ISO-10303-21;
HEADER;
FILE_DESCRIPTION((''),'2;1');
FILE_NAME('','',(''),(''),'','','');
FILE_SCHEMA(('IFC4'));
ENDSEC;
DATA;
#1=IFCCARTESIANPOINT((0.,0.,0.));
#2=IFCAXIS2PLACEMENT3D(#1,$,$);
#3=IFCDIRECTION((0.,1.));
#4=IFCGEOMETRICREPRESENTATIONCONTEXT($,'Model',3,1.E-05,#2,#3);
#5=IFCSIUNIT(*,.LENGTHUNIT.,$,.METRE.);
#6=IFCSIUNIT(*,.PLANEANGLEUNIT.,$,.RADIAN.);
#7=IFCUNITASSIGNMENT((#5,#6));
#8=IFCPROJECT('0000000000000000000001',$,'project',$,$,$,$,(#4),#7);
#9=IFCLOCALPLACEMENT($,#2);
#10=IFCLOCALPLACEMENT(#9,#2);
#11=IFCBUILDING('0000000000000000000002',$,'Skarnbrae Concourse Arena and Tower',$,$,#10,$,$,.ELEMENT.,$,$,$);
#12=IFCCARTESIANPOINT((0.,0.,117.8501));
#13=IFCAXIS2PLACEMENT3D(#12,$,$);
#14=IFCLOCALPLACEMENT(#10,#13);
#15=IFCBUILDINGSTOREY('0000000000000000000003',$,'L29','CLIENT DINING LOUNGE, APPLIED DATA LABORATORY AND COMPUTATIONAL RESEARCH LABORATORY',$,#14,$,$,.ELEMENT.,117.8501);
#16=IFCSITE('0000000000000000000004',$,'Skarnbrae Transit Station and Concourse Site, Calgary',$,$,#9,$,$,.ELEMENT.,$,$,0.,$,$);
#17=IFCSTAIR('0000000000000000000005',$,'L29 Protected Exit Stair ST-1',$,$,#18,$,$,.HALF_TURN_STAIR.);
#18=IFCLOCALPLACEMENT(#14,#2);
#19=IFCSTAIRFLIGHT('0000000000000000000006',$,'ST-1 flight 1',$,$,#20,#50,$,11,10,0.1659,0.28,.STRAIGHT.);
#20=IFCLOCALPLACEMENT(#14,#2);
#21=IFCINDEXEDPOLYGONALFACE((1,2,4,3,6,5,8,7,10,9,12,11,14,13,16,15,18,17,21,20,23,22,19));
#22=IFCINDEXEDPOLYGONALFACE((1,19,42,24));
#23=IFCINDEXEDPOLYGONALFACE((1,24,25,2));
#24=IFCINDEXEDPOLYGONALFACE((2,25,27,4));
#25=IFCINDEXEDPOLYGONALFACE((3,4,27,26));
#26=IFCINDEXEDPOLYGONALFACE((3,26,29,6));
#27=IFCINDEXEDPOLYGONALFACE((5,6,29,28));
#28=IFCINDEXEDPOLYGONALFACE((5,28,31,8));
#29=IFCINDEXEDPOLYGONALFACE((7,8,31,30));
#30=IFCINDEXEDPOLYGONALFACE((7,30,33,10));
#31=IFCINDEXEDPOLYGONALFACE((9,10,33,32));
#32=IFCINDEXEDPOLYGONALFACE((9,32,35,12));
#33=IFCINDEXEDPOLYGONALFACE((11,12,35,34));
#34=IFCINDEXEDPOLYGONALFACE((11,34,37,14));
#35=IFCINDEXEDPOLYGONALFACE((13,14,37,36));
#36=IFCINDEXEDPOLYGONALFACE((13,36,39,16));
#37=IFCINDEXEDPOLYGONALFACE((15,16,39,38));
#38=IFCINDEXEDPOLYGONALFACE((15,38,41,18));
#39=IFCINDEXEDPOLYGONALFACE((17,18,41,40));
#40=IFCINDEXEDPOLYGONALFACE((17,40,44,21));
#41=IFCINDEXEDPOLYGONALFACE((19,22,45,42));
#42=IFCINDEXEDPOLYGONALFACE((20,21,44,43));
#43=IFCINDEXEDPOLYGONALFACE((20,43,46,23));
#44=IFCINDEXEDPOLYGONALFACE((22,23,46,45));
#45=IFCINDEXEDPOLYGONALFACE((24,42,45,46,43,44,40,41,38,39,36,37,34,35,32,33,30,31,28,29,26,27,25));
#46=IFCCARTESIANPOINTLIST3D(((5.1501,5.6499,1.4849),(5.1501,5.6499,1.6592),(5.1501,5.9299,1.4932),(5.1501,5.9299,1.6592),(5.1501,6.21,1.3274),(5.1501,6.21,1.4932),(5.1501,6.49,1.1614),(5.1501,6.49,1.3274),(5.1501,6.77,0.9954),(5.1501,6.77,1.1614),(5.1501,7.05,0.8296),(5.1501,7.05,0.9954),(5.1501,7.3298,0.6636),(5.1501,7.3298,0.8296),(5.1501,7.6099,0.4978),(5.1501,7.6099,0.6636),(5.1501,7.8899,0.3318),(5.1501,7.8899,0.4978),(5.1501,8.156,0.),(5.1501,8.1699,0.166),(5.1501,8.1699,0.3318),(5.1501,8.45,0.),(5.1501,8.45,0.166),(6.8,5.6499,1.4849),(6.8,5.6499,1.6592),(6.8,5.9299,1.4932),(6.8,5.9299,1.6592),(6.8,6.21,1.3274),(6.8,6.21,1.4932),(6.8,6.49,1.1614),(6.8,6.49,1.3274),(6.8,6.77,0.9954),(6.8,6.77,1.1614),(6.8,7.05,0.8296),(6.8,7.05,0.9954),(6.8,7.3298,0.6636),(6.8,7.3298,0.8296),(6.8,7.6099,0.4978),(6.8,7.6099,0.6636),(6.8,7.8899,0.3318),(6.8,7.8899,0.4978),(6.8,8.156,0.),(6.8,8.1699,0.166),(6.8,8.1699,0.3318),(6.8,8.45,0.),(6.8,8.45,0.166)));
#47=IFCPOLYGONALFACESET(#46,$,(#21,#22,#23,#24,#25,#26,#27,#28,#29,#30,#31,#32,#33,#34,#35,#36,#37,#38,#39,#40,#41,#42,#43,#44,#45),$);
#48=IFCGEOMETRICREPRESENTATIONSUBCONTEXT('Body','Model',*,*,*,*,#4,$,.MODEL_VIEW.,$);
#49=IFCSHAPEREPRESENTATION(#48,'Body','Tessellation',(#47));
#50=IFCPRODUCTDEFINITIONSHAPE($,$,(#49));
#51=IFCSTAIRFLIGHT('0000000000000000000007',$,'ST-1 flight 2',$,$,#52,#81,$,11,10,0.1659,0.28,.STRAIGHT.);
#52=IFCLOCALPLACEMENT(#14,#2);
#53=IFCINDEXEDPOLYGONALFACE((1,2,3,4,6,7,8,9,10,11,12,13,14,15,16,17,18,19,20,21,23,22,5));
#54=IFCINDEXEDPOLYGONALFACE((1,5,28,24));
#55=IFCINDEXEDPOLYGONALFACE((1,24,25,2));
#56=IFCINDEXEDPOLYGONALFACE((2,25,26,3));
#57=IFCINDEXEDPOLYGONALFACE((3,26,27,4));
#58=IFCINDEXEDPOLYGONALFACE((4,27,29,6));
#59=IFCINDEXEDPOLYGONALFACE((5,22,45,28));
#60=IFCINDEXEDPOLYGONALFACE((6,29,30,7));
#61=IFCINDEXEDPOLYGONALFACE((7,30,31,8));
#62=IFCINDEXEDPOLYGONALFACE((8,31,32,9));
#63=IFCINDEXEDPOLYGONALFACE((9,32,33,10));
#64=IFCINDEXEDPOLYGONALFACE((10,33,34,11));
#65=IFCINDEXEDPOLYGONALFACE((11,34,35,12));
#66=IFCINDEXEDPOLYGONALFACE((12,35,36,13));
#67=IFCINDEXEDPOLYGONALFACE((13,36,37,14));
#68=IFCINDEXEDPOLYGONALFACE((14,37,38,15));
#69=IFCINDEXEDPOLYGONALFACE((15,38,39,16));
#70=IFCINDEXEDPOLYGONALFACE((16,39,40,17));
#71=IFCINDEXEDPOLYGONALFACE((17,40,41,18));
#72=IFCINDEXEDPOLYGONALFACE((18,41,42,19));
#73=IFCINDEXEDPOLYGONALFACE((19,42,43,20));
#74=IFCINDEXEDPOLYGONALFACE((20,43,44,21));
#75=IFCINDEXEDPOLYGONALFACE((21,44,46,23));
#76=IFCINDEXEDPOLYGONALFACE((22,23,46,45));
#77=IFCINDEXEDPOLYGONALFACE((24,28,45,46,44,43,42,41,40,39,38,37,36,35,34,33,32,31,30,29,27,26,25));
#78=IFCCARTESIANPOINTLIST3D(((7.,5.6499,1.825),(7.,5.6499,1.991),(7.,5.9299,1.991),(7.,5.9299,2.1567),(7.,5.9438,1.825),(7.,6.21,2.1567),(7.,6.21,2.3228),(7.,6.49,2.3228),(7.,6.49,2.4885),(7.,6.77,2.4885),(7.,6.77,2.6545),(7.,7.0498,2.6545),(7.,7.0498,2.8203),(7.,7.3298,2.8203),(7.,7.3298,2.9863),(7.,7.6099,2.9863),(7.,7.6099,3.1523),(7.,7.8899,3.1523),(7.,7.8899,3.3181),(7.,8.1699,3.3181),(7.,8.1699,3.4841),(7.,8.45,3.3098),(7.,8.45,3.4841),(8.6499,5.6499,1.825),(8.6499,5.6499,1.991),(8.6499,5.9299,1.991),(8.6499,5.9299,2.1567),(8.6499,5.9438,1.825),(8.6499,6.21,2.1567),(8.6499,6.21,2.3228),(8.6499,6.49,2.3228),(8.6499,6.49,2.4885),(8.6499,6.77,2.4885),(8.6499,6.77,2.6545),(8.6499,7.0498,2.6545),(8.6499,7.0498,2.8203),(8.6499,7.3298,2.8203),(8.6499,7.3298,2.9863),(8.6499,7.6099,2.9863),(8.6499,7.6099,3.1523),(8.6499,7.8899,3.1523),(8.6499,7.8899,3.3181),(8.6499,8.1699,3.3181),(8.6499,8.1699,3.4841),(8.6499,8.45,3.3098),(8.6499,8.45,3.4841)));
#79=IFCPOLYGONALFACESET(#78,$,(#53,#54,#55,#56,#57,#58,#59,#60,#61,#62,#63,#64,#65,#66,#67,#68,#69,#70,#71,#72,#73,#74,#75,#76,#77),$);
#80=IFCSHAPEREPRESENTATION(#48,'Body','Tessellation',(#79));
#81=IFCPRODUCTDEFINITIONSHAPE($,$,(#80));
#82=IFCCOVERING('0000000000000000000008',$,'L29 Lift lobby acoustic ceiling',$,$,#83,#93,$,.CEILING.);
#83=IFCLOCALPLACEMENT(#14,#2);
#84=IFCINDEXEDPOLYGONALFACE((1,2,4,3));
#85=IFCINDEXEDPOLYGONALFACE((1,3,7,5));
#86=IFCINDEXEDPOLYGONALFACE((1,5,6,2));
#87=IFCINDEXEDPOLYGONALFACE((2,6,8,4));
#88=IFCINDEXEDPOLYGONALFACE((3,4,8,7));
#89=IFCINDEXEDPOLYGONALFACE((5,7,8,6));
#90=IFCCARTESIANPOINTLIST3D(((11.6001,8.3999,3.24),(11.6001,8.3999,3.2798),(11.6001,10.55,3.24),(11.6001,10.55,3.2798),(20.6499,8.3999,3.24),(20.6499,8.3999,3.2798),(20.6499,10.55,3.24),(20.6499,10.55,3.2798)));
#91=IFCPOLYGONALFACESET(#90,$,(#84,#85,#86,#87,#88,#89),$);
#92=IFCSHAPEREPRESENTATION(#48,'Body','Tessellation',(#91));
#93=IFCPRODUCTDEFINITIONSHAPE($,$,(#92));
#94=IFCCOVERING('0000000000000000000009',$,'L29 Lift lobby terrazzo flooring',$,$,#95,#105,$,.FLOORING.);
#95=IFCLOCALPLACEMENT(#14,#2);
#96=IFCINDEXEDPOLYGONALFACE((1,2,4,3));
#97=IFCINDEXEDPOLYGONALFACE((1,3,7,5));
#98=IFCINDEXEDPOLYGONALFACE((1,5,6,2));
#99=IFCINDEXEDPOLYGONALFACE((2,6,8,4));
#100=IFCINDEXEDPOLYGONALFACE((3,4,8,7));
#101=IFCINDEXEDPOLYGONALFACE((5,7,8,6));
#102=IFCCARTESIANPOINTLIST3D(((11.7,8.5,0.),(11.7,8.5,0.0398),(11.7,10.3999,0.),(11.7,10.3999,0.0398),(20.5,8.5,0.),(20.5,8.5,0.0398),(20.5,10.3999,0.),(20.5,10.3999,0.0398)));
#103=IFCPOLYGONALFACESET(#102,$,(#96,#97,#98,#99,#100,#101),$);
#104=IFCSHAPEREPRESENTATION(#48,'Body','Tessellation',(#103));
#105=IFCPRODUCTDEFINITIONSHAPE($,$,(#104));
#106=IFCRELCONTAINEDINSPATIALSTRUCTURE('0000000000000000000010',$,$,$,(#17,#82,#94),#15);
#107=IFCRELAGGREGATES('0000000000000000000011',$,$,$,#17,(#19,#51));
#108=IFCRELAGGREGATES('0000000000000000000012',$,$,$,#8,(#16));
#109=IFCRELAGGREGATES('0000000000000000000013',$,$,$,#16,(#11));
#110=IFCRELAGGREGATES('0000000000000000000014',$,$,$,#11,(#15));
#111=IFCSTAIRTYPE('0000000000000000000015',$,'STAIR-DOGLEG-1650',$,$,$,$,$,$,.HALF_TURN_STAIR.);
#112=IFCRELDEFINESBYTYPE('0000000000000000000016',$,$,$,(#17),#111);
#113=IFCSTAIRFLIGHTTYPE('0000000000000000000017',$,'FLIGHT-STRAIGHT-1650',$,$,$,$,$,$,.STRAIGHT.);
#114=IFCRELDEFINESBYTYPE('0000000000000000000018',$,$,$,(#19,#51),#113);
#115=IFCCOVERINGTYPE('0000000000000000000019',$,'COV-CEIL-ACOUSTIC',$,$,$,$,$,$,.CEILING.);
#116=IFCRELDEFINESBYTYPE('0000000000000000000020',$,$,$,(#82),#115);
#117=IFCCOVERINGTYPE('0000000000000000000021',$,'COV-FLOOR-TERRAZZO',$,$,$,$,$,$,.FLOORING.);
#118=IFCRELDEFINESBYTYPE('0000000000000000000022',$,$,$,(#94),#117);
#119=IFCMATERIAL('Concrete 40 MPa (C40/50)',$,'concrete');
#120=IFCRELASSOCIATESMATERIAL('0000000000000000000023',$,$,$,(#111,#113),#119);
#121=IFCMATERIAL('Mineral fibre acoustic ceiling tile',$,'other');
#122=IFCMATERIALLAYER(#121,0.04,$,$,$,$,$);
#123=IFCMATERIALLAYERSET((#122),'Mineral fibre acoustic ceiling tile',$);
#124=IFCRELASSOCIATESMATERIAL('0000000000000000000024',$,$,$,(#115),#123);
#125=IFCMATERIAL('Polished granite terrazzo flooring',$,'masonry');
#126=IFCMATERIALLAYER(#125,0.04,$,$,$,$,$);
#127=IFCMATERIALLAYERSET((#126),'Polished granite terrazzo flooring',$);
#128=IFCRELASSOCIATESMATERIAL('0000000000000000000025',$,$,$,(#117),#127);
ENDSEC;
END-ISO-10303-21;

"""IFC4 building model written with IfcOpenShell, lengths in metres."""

from ifc_helpers import new_model, si_unit, direction, frame, origin, place, context, subcontext, project, spatial, polyline, outline, extrude, source, transform, mapped, material, layer, layer_set, type_object, element, aggregate, save


model = new_model("IFC4")

# Units and contexts
model_context = context("Model", 3, precision=1e-05, world=origin(), true_north=direction((0.0, 1.0)))
body_context = subcontext(model_context, "Body", "Model", "MODEL_VIEW")
ifc_project = project(units=[si_unit("LENGTHUNIT", "METRE"), si_unit("PLANEANGLEUNIT", "RADIAN")], contexts=[model_context])

# Site, building, storey
site_placement = place(None, origin())
site = spatial("IfcSite", under=ifc_project, at=site_placement, Name="Skarnbrae Transit Station and Concourse Site, Calgary", CompositionType="ELEMENT", RefElevation=0.0)
building_placement = place(site_placement, origin())
building = spatial("IfcBuilding", under=site, at=building_placement, Name="Skarnbrae Concourse Arena and Tower", CompositionType="ELEMENT")
storey_placement = place(building_placement, frame((0.0, 0.0, 117.8501)))
storey = spatial("IfcBuildingStorey", under=building, at=storey_placement, Name="L29", Description="CLIENT DINING LOUNGE, APPLIED DATA LABORATORY AND COMPUTATIONAL RESEARCH LABORATORY", CompositionType="ELEMENT", Elevation=117.8501)

# Stair
ifc_material_1 = material(Name="Concrete 40 MPa (C40/50)", Category="concrete")
stair_type = type_object("IfcStairType", Name="STAIR-DOGLEG-1650", PredefinedType="HALF_TURN_STAIR", material=ifc_material_1)
stair_1_placement = place(storey_placement, origin())
stair_1 = element("IfcStair", 1, at=stair_1_placement, inside=storey, type_object=stair_type, Name="L29 Protected Exit Stair ST-1", PredefinedType="HALF_TURN_STAIR")

# Stair flights
stair_flight_type = type_object("IfcStairFlightType", Name="FLIGHT-STRAIGHT-1650", PredefinedType="STRAIGHT", material=ifc_material_1)
shared_shape_1 = source(origin(), body_context, "Body", "SweptSolid", [
    extrude(outline(polyline([(0.0, 0.0), (0.0, 0.166), (0.28, 0.166), (0.28, 0.3318), (0.5601, 0.3318), (0.5601, 0.4978), (0.8401, 0.4978), (0.8401, 0.6636), (1.1201, 0.6636), (1.1201, 0.8296), (1.3999, 0.8296), (1.3999, 0.9954), (1.6799, 0.9954), (1.6799, 1.1614), (1.96, 1.1614), (1.96, 1.3274), (2.24, 1.3274), (2.24, 1.4932), (2.52, 1.4932), (2.52, 1.6592), (2.8, 1.6592), (2.8, 1.825), (2.8, 1.4849), (0.2939, 0.0), (0.0, 0.0)])), frame((0.0, 0.825, 0.0), z_axis=(0.0, -1.0, 0.0), x_axis=(1.0, 0.0, 0.0)), (0.0, 0.0, 1.0), 1.6499),
])
stair_flight_1_placement = place(storey_placement, frame((5.9751, 8.45, 0.0), z_axis=(0.0, 0.0, 1.0), x_axis=(0.0, -1.0, 0.0)))
stair_flight_1 = element("IfcStairFlight", 2, at=stair_flight_1_placement, type_object=stair_flight_type, Name="ST-1 flight 1", NumberOfRisers=11, NumberOfTreads=10, PredefinedType="STRAIGHT", RiserHeight=0.1659, TreadLength=0.28, context=body_context, shape_type="MappedRepresentation", body=[
    mapped(shared_shape_1, transform((0.0, 0.0, 0.0))),
])
stair_flight_2_placement = place(storey_placement, frame((7.825, 5.6499, 1.825), z_axis=(0.0, 0.0, 1.0), x_axis=(0.0, 1.0, 0.0)))
stair_flight_2 = element("IfcStairFlight", 3, at=stair_flight_2_placement, type_object=stair_flight_type, Name="ST-1 flight 2", NumberOfRisers=11, NumberOfTreads=10, PredefinedType="STRAIGHT", RiserHeight=0.1659, TreadLength=0.28, context=body_context, shape_type="MappedRepresentation", body=[
    mapped(shared_shape_1, transform((0.0, 0.0, 0.0))),
])
aggregate(stair_1, [stair_flight_1, stair_flight_2])

# Coverings
ifc_material_2 = material(Name="Mineral fibre acoustic ceiling tile", Category="other")
ifc_layer_1 = layer(ifc_material_2, 0.04)
ifc_layer_set_1 = layer_set([ifc_layer_1], Name="Mineral fibre acoustic ceiling tile")
covering_type_1 = type_object("IfcCoveringType", Name="COV-CEIL-ACOUSTIC", PredefinedType="CEILING", material=ifc_layer_set_1)
covering_1_placement = place(storey_placement, frame((0.0, 0.0, 3.24)))
element("IfcCovering", 4, at=covering_1_placement, inside=storey, type_object=covering_type_1, Name="L29 Lift lobby acoustic ceiling", PredefinedType="CEILING", context=body_context, shape_type="SweptSolid", body=[
    extrude(outline(polyline([(11.6001, 8.3999), (20.6499, 8.3999), (20.6499, 10.55), (11.6001, 10.55), (11.6001, 8.3999)])), origin(), (0.0, 0.0, 1.0), 0.0398),
])
ifc_material_3 = material(Name="Polished granite terrazzo flooring", Category="masonry")
ifc_layer_2 = layer(ifc_material_3, 0.04)
ifc_layer_set_2 = layer_set([ifc_layer_2], Name="Polished granite terrazzo flooring")
covering_type_2 = type_object("IfcCoveringType", Name="COV-FLOOR-TERRAZZO", PredefinedType="FLOORING", material=ifc_layer_set_2)
covering_2_placement = place(storey_placement, origin())
element("IfcCovering", 5, at=covering_2_placement, inside=storey, type_object=covering_type_2, Name="L29 Lift lobby terrazzo flooring", PredefinedType="FLOORING", context=body_context, shape_type="SweptSolid", body=[
    extrude(outline(polyline([(11.7, 8.5), (20.5, 8.5), (20.5, 10.3999), (11.7, 10.3999), (11.7, 8.5)])), origin(), (0.0, 0.0, 1.0), 0.0398),
])

save(model, "model.ifc")
